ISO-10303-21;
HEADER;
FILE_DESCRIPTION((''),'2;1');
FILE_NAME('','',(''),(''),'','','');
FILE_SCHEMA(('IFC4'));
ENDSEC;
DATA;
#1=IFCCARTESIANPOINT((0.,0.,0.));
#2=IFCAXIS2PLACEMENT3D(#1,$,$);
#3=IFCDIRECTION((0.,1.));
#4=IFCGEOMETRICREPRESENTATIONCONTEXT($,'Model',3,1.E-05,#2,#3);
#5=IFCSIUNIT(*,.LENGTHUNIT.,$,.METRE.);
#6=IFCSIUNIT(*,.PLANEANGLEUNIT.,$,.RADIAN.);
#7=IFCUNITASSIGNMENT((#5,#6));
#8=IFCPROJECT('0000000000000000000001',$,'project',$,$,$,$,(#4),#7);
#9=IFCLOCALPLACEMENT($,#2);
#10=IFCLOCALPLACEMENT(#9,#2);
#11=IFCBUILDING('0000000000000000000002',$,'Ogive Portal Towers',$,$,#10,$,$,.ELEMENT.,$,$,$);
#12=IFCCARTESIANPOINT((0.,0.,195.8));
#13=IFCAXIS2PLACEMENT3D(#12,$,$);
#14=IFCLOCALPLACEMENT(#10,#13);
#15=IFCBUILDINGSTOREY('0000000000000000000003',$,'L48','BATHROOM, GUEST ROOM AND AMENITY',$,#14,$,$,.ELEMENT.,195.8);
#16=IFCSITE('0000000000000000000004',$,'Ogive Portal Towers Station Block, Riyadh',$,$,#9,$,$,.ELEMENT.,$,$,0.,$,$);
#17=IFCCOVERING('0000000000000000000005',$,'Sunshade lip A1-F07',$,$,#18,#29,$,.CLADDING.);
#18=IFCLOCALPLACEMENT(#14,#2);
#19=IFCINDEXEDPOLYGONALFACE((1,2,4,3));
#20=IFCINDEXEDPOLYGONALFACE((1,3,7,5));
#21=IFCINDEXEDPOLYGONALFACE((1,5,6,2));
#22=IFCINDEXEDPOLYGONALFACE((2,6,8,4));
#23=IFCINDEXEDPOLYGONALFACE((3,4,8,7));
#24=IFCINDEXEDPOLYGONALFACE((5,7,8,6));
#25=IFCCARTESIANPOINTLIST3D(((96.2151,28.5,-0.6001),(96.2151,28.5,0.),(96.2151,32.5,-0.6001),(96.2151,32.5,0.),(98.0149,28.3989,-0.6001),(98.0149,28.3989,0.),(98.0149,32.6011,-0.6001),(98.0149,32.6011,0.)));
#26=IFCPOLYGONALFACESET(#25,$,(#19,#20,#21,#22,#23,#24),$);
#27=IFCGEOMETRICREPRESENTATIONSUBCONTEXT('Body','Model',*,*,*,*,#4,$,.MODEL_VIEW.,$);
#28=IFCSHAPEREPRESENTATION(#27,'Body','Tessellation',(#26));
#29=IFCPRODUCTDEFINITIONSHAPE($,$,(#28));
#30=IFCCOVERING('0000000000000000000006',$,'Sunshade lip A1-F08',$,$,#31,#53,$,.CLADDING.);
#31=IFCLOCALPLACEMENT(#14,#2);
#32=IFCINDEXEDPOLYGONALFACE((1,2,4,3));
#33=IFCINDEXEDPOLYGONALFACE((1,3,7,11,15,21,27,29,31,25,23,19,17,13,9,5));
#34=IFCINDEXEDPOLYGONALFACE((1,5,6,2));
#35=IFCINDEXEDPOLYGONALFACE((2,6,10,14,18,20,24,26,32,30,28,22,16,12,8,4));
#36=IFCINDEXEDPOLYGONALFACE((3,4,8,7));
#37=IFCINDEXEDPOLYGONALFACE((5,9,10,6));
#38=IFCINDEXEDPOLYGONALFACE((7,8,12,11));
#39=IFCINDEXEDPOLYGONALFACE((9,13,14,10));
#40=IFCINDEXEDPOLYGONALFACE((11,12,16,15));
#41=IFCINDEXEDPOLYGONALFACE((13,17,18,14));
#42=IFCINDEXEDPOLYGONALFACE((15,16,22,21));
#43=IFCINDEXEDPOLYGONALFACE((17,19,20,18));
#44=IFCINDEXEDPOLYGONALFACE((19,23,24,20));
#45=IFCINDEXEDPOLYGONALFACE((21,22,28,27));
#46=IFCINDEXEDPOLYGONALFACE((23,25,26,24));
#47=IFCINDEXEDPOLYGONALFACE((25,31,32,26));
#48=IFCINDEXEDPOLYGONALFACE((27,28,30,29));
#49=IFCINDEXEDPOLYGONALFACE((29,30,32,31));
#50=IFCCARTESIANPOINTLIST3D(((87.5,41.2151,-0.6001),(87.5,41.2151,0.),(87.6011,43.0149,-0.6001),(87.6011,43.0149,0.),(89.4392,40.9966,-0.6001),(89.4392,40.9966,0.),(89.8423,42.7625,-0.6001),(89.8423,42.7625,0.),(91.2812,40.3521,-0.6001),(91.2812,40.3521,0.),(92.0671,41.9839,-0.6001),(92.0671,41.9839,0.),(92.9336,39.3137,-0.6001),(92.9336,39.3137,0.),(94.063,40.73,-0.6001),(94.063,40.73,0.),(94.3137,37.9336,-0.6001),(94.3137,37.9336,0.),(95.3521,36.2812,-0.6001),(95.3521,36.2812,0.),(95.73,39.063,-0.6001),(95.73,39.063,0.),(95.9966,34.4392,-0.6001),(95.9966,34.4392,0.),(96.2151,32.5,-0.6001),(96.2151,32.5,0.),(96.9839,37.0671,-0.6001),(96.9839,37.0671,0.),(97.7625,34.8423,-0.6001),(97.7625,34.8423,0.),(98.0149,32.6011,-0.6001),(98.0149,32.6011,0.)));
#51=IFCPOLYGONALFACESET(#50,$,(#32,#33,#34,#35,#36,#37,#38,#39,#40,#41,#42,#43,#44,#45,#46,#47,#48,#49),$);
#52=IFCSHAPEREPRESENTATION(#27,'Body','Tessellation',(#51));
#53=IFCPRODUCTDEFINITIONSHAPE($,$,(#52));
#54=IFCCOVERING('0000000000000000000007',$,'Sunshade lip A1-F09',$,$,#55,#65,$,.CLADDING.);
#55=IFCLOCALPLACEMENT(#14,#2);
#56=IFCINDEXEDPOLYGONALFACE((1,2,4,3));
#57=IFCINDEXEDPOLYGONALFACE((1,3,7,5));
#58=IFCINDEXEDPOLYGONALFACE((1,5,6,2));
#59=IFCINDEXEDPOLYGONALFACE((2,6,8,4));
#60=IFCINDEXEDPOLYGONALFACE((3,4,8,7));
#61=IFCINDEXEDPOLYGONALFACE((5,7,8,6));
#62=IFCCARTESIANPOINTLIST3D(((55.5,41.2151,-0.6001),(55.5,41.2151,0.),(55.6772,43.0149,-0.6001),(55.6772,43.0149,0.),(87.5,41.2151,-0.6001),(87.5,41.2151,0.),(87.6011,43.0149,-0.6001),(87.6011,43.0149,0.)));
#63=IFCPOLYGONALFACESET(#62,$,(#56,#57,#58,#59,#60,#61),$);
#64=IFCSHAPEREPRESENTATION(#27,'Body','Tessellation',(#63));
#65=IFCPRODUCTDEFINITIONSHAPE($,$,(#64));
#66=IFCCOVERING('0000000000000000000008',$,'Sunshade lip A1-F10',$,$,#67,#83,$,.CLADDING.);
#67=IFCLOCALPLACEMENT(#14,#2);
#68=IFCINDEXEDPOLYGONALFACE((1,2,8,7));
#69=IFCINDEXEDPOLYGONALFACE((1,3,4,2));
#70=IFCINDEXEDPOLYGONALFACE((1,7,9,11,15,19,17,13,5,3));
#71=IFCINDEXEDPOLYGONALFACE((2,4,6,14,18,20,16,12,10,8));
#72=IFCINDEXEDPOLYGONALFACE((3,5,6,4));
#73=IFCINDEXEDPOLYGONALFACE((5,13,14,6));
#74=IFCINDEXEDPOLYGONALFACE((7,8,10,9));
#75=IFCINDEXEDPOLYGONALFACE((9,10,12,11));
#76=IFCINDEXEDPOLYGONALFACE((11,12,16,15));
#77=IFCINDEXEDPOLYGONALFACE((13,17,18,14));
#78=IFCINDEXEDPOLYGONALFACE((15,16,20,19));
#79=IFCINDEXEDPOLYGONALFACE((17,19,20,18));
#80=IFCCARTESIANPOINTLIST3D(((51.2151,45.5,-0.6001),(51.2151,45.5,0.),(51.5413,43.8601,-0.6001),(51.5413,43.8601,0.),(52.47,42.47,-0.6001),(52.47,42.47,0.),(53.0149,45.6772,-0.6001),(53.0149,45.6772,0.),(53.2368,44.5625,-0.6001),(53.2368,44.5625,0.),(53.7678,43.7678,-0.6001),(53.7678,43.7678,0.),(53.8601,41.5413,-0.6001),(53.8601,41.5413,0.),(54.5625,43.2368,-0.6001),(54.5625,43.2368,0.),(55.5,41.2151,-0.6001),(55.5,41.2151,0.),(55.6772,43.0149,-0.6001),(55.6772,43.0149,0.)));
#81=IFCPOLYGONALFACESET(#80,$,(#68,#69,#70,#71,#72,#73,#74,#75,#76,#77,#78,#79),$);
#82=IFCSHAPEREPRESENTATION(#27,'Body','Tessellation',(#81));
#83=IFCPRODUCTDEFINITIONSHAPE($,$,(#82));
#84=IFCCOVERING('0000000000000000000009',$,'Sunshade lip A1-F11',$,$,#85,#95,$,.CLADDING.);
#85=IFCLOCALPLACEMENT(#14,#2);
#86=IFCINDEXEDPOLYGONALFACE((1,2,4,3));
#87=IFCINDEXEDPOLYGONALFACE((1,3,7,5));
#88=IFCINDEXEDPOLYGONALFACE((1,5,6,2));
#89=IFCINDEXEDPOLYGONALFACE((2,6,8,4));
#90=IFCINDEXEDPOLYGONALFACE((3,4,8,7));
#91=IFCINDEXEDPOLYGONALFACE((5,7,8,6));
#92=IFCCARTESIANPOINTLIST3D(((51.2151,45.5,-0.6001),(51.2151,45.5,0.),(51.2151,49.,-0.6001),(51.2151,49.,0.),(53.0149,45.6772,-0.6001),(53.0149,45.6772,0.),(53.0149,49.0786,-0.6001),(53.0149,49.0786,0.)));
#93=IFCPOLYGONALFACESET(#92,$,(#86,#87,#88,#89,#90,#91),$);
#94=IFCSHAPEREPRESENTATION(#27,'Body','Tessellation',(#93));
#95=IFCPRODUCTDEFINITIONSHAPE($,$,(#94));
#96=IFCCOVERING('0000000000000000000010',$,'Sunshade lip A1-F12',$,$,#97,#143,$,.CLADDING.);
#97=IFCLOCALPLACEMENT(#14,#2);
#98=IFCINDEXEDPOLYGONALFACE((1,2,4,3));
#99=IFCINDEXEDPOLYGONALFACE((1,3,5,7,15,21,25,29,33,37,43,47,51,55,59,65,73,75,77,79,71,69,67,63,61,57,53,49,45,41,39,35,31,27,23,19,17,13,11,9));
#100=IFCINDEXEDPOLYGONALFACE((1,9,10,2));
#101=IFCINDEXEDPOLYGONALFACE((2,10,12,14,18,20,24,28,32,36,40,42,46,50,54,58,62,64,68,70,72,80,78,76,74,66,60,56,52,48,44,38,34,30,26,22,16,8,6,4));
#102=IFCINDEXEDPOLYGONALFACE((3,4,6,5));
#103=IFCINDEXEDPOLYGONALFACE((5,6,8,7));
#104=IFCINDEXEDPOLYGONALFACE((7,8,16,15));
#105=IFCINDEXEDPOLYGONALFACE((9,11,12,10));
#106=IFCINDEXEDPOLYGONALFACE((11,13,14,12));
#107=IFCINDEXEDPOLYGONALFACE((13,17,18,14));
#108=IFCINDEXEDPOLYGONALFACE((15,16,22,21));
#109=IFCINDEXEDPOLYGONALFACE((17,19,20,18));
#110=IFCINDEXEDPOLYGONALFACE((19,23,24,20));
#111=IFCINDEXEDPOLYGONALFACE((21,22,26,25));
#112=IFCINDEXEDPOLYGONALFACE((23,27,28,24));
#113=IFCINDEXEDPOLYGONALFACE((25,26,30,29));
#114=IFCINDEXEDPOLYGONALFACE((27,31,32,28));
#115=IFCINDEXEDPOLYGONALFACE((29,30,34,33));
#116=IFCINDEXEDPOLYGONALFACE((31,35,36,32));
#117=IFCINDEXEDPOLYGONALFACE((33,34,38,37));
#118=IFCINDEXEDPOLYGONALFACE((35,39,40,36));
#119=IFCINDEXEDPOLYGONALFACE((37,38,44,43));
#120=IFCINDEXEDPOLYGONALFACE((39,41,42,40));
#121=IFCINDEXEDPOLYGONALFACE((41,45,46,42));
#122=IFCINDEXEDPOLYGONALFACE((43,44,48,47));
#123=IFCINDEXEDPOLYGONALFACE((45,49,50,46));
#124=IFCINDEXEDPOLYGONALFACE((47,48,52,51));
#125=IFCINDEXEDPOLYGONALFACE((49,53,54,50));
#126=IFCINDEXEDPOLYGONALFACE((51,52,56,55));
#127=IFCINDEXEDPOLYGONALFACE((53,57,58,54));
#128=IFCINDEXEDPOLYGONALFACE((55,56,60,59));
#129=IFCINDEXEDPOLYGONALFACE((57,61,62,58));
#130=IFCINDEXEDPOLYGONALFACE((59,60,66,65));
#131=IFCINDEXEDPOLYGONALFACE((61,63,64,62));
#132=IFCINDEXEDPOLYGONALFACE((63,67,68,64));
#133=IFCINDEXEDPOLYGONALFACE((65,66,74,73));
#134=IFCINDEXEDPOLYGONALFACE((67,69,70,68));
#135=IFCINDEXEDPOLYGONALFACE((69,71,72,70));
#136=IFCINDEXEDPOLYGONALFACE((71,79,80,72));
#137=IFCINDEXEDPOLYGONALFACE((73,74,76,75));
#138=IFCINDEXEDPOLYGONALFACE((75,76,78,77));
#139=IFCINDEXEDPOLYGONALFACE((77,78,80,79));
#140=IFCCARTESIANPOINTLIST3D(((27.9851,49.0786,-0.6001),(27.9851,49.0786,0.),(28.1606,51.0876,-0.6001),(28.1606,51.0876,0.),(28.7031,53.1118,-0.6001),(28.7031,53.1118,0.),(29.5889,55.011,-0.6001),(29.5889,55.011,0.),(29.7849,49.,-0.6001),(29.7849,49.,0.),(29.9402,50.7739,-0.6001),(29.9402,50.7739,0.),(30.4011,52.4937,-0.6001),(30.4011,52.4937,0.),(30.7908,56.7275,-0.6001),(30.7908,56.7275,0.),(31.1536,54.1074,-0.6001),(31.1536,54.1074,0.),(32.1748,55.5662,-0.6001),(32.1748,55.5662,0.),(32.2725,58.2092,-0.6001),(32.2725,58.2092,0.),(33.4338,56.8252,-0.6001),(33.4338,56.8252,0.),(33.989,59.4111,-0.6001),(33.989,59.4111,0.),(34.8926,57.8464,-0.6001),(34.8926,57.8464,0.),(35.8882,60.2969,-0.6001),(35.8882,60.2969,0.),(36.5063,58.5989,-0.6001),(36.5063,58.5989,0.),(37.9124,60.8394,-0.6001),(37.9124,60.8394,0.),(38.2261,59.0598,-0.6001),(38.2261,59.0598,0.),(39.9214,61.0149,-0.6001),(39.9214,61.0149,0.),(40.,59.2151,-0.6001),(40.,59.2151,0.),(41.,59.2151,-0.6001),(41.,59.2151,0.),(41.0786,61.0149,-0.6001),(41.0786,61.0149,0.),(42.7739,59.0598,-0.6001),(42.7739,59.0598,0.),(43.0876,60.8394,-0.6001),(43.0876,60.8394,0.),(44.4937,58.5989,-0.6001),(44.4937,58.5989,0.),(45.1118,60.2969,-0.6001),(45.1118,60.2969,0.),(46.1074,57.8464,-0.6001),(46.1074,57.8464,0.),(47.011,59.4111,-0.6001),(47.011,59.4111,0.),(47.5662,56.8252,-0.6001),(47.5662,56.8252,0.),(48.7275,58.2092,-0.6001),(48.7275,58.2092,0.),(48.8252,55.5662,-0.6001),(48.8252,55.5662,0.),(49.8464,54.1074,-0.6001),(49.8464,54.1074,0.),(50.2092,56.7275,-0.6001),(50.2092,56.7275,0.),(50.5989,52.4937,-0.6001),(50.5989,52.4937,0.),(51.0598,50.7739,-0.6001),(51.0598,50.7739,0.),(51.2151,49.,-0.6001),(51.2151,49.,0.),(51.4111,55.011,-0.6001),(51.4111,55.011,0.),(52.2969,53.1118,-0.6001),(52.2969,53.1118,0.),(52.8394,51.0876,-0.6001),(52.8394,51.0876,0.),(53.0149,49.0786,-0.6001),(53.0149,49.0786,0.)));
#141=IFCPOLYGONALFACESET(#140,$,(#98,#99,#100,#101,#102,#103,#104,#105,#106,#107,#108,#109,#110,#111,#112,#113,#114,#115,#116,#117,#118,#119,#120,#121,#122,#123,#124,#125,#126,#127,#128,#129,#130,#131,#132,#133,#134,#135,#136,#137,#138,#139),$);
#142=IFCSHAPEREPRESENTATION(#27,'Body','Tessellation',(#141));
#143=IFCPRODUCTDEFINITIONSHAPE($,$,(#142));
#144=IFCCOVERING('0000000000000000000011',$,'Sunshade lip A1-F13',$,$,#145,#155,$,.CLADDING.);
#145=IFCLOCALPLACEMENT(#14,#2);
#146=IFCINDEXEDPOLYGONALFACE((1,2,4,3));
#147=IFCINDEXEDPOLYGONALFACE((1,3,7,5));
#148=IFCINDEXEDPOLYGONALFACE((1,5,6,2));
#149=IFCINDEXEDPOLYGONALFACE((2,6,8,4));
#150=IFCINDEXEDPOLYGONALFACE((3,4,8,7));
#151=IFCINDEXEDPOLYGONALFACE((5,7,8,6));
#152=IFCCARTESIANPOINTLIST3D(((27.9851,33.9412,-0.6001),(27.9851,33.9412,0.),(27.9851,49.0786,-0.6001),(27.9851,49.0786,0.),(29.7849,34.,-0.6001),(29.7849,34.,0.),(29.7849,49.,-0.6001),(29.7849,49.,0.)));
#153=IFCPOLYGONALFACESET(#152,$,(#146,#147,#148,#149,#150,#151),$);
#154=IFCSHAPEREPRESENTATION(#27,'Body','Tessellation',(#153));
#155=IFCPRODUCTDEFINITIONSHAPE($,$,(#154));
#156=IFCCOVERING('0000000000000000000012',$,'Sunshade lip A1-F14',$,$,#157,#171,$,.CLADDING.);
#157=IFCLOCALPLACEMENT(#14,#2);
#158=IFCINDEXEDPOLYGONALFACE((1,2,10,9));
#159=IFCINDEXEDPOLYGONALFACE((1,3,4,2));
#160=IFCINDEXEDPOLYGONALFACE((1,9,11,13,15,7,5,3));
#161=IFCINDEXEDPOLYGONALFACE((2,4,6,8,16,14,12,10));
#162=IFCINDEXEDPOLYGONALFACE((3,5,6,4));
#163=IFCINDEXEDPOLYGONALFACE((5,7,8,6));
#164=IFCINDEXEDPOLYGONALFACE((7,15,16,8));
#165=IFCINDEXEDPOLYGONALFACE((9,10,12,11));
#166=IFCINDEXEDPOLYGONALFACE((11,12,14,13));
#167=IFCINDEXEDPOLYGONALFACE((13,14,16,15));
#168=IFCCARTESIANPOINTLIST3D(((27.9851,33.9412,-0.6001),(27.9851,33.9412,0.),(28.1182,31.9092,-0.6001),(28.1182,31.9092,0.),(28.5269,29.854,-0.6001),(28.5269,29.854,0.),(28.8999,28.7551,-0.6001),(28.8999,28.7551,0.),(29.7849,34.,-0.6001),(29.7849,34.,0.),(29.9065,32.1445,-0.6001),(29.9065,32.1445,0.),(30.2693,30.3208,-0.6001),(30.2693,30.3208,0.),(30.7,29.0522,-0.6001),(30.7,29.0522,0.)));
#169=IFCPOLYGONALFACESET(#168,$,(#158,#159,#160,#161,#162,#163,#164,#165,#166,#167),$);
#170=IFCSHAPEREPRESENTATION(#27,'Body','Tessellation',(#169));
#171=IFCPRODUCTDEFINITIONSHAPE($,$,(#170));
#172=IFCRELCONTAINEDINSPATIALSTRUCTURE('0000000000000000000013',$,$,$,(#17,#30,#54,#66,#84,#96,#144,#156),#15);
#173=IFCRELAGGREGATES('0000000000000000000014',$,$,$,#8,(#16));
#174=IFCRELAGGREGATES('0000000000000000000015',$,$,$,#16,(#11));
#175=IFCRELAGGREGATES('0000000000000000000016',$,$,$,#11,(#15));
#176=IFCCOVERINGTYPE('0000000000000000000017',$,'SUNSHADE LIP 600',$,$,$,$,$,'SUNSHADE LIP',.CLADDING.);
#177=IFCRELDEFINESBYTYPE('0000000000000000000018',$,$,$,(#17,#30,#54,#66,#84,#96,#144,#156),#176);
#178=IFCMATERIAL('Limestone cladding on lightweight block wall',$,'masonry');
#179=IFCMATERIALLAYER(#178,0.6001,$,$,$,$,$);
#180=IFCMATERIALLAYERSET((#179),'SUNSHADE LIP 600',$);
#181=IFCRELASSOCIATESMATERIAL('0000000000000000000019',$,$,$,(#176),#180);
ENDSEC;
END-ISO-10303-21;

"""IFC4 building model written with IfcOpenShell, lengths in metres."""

from ifc_helpers import new_model, si_unit, direction, frame, origin, place, context, subcontext, project, spatial, polyline, outline, extrude, material, layer, layer_set, type_object, element, save


model = new_model("IFC4")

# Units and contexts
model_context = context("Model", 3, precision=1e-05, world=origin(), true_north=direction((0.0, 1.0)))
body_context = subcontext(model_context, "Body", "Model", "MODEL_VIEW")
ifc_project = project(units=[si_unit("LENGTHUNIT", "METRE"), si_unit("PLANEANGLEUNIT", "RADIAN")], contexts=[model_context])

# Site, building, storey
site_placement = place(None, origin())
site = spatial("IfcSite", under=ifc_project, at=site_placement, Name="Ogive Portal Towers Station Block, Riyadh", CompositionType="ELEMENT", RefElevation=0.0)
building_placement = place(site_placement, origin())
building = spatial("IfcBuilding", under=site, at=building_placement, Name="Ogive Portal Towers", CompositionType="ELEMENT")
storey_placement = place(building_placement, frame((0.0, 0.0, 195.8)))
storey = spatial("IfcBuildingStorey", under=building, at=storey_placement, Name="L48", Description="BATHROOM, GUEST ROOM AND AMENITY", CompositionType="ELEMENT", Elevation=195.8)

# Coverings
ifc_material_1 = material(Name="Limestone cladding on lightweight block wall", Category="masonry")
ifc_layer_1 = layer(ifc_material_1, 0.6001)
ifc_layer_set_1 = layer_set([ifc_layer_1], Name="SUNSHADE LIP 600")
covering_type_1 = type_object("IfcCoveringType", Name="SUNSHADE LIP 600", ElementType="SUNSHADE LIP", PredefinedType="CLADDING", material=ifc_layer_set_1)
covering_1_placement = place(storey_placement, frame((0.0, 0.0, -0.6001)))
element("IfcCovering", 1, at=covering_1_placement, inside=storey, type_object=covering_type_1, Name="Sunshade lip A1-F07", PredefinedType="CLADDING", context=body_context, shape_type="SweptSolid", body=[
    extrude(outline(polyline([(96.2151, 28.5), (96.2151, 32.5), (98.0149, 32.6011), (98.0149, 28.3989), (96.2151, 28.5)])), origin(), (0.0, 0.0, 1.0), 0.6001),
])
covering_2_placement = place(storey_placement, frame((0.0, 0.0, -0.6001)))
element("IfcCovering", 2, at=covering_2_placement, inside=storey, type_object=covering_type_1, Name="Sunshade lip A1-F08", PredefinedType="CLADDING", context=body_context, shape_type="SweptSolid", body=[
    extrude(outline(polyline([(96.2151, 32.5), (95.9966, 34.4392), (95.3521, 36.2812), (94.3137, 37.9336), (92.9336, 39.3137), (91.2812, 40.3521), (89.4392, 40.9966), (87.5, 41.2151), (87.6011, 43.0149), (89.8423, 42.7625), (92.0671, 41.9839), (94.063, 40.73), (95.73, 39.063), (96.9839, 37.0671), (97.7625, 34.8423), (98.0149, 32.6011), (96.2151, 32.5)])), origin(), (0.0, 0.0, 1.0), 0.6001),
])
covering_3_placement = place(storey_placement, frame((0.0, 0.0, -0.6001)))
element("IfcCovering", 3, at=covering_3_placement, inside=storey, type_object=covering_type_1, Name="Sunshade lip A1-F09", PredefinedType="CLADDING", context=body_context, shape_type="SweptSolid", body=[
    extrude(outline(polyline([(87.5, 41.2151), (55.5, 41.2151), (55.6772, 43.0149), (87.6011, 43.0149), (87.5, 41.2151)])), origin(), (0.0, 0.0, 1.0), 0.6001),
])
covering_4_placement = place(storey_placement, frame((0.0, 0.0, -0.6001)))
element("IfcCovering", 4, at=covering_4_placement, inside=storey, type_object=covering_type_1, Name="Sunshade lip A1-F10", PredefinedType="CLADDING", context=body_context, shape_type="SweptSolid", body=[
    extrude(outline(polyline([(55.5, 41.2151), (53.8601, 41.5413), (52.47, 42.47), (51.5413, 43.8601), (51.2151, 45.5), (53.0149, 45.6772), (53.2368, 44.5625), (53.7678, 43.7678), (54.5625, 43.2368), (55.6772, 43.0149), (55.5, 41.2151)])), origin(), (0.0, 0.0, 1.0), 0.6001),
])
covering_5_placement = place(storey_placement, frame((0.0, 0.0, -0.6001)))
element("IfcCovering", 5, at=covering_5_placement, inside=storey, type_object=covering_type_1, Name="Sunshade lip A1-F11", PredefinedType="CLADDING", context=body_context, shape_type="SweptSolid", body=[
    extrude(outline(polyline([(51.2151, 45.5), (51.2151, 49.0), (53.0149, 49.0786), (53.0149, 45.6772), (51.2151, 45.5)])), origin(), (0.0, 0.0, 1.0), 0.6001),
])
covering_6_placement = place(storey_placement, frame((0.0, 0.0, -0.6001)))
element("IfcCovering", 6, at=covering_6_placement, inside=storey, type_object=covering_type_1, Name="Sunshade lip A1-F12", PredefinedType="CLADDING", context=body_context, shape_type="SweptSolid", body=[
    extrude(outline(polyline([(51.2151, 49.0), (51.0598, 50.7739), (50.5989, 52.4937), (49.8464, 54.1074), (48.8252, 55.5662), (47.5662, 56.8252), (46.1074, 57.8464), (44.4937, 58.5989), (42.7739, 59.0598), (41.0, 59.2151), (40.0, 59.2151), (38.2261, 59.0598), (36.5063, 58.5989), (34.8926, 57.8464), (33.4338, 56.8252), (32.1748, 55.5662), (31.1536, 54.1074), (30.4011, 52.4937), (29.9402, 50.7739), (29.7849, 49.0), (27.9851, 49.0786), (28.1606, 51.0876), (28.7031, 53.1118), (29.5889, 55.011), (30.7908, 56.7275), (32.2725, 58.2092), (33.989, 59.4111), (35.8882, 60.2969), (37.9124, 60.8394), (39.9214, 61.0149), (41.0786, 61.0149), (43.0876, 60.8394), (45.1118, 60.2969), (47.011, 59.4111), (48.7275, 58.2092), (50.2092, 56.7275), (51.4111, 55.011), (52.2969, 53.1118), (52.8394, 51.0876), (53.0149, 49.0786), (51.2151, 49.0)])), origin(), (0.0, 0.0, 1.0), 0.6001),
])
covering_7_placement = place(storey_placement, frame((0.0, 0.0, -0.6001)))
element("IfcCovering", 7, at=covering_7_placement, inside=storey, type_object=covering_type_1, Name="Sunshade lip A1-F13", PredefinedType="CLADDING", context=body_context, shape_type="SweptSolid", body=[
    extrude(outline(polyline([(29.7849, 49.0), (29.7849, 34.0), (27.9851, 33.9412), (27.9851, 49.0786), (29.7849, 49.0)])), origin(), (0.0, 0.0, 1.0), 0.6001),
])
covering_8_placement = place(storey_placement, frame((0.0, 0.0, -0.6001)))
element("IfcCovering", 8, at=covering_8_placement, inside=storey, type_object=covering_type_1, Name="Sunshade lip A1-F14", PredefinedType="CLADDING", context=body_context, shape_type="SweptSolid", body=[
    extrude(outline(polyline([(29.7849, 34.0), (29.9065, 32.1445), (30.2693, 30.3208), (30.7, 29.0522), (28.8999, 28.7551), (28.5269, 29.854), (28.1182, 31.9092), (27.9851, 33.9412), (29.7849, 34.0)])), origin(), (0.0, 0.0, 1.0), 0.6001),
])

save(model, "model.ifc")
